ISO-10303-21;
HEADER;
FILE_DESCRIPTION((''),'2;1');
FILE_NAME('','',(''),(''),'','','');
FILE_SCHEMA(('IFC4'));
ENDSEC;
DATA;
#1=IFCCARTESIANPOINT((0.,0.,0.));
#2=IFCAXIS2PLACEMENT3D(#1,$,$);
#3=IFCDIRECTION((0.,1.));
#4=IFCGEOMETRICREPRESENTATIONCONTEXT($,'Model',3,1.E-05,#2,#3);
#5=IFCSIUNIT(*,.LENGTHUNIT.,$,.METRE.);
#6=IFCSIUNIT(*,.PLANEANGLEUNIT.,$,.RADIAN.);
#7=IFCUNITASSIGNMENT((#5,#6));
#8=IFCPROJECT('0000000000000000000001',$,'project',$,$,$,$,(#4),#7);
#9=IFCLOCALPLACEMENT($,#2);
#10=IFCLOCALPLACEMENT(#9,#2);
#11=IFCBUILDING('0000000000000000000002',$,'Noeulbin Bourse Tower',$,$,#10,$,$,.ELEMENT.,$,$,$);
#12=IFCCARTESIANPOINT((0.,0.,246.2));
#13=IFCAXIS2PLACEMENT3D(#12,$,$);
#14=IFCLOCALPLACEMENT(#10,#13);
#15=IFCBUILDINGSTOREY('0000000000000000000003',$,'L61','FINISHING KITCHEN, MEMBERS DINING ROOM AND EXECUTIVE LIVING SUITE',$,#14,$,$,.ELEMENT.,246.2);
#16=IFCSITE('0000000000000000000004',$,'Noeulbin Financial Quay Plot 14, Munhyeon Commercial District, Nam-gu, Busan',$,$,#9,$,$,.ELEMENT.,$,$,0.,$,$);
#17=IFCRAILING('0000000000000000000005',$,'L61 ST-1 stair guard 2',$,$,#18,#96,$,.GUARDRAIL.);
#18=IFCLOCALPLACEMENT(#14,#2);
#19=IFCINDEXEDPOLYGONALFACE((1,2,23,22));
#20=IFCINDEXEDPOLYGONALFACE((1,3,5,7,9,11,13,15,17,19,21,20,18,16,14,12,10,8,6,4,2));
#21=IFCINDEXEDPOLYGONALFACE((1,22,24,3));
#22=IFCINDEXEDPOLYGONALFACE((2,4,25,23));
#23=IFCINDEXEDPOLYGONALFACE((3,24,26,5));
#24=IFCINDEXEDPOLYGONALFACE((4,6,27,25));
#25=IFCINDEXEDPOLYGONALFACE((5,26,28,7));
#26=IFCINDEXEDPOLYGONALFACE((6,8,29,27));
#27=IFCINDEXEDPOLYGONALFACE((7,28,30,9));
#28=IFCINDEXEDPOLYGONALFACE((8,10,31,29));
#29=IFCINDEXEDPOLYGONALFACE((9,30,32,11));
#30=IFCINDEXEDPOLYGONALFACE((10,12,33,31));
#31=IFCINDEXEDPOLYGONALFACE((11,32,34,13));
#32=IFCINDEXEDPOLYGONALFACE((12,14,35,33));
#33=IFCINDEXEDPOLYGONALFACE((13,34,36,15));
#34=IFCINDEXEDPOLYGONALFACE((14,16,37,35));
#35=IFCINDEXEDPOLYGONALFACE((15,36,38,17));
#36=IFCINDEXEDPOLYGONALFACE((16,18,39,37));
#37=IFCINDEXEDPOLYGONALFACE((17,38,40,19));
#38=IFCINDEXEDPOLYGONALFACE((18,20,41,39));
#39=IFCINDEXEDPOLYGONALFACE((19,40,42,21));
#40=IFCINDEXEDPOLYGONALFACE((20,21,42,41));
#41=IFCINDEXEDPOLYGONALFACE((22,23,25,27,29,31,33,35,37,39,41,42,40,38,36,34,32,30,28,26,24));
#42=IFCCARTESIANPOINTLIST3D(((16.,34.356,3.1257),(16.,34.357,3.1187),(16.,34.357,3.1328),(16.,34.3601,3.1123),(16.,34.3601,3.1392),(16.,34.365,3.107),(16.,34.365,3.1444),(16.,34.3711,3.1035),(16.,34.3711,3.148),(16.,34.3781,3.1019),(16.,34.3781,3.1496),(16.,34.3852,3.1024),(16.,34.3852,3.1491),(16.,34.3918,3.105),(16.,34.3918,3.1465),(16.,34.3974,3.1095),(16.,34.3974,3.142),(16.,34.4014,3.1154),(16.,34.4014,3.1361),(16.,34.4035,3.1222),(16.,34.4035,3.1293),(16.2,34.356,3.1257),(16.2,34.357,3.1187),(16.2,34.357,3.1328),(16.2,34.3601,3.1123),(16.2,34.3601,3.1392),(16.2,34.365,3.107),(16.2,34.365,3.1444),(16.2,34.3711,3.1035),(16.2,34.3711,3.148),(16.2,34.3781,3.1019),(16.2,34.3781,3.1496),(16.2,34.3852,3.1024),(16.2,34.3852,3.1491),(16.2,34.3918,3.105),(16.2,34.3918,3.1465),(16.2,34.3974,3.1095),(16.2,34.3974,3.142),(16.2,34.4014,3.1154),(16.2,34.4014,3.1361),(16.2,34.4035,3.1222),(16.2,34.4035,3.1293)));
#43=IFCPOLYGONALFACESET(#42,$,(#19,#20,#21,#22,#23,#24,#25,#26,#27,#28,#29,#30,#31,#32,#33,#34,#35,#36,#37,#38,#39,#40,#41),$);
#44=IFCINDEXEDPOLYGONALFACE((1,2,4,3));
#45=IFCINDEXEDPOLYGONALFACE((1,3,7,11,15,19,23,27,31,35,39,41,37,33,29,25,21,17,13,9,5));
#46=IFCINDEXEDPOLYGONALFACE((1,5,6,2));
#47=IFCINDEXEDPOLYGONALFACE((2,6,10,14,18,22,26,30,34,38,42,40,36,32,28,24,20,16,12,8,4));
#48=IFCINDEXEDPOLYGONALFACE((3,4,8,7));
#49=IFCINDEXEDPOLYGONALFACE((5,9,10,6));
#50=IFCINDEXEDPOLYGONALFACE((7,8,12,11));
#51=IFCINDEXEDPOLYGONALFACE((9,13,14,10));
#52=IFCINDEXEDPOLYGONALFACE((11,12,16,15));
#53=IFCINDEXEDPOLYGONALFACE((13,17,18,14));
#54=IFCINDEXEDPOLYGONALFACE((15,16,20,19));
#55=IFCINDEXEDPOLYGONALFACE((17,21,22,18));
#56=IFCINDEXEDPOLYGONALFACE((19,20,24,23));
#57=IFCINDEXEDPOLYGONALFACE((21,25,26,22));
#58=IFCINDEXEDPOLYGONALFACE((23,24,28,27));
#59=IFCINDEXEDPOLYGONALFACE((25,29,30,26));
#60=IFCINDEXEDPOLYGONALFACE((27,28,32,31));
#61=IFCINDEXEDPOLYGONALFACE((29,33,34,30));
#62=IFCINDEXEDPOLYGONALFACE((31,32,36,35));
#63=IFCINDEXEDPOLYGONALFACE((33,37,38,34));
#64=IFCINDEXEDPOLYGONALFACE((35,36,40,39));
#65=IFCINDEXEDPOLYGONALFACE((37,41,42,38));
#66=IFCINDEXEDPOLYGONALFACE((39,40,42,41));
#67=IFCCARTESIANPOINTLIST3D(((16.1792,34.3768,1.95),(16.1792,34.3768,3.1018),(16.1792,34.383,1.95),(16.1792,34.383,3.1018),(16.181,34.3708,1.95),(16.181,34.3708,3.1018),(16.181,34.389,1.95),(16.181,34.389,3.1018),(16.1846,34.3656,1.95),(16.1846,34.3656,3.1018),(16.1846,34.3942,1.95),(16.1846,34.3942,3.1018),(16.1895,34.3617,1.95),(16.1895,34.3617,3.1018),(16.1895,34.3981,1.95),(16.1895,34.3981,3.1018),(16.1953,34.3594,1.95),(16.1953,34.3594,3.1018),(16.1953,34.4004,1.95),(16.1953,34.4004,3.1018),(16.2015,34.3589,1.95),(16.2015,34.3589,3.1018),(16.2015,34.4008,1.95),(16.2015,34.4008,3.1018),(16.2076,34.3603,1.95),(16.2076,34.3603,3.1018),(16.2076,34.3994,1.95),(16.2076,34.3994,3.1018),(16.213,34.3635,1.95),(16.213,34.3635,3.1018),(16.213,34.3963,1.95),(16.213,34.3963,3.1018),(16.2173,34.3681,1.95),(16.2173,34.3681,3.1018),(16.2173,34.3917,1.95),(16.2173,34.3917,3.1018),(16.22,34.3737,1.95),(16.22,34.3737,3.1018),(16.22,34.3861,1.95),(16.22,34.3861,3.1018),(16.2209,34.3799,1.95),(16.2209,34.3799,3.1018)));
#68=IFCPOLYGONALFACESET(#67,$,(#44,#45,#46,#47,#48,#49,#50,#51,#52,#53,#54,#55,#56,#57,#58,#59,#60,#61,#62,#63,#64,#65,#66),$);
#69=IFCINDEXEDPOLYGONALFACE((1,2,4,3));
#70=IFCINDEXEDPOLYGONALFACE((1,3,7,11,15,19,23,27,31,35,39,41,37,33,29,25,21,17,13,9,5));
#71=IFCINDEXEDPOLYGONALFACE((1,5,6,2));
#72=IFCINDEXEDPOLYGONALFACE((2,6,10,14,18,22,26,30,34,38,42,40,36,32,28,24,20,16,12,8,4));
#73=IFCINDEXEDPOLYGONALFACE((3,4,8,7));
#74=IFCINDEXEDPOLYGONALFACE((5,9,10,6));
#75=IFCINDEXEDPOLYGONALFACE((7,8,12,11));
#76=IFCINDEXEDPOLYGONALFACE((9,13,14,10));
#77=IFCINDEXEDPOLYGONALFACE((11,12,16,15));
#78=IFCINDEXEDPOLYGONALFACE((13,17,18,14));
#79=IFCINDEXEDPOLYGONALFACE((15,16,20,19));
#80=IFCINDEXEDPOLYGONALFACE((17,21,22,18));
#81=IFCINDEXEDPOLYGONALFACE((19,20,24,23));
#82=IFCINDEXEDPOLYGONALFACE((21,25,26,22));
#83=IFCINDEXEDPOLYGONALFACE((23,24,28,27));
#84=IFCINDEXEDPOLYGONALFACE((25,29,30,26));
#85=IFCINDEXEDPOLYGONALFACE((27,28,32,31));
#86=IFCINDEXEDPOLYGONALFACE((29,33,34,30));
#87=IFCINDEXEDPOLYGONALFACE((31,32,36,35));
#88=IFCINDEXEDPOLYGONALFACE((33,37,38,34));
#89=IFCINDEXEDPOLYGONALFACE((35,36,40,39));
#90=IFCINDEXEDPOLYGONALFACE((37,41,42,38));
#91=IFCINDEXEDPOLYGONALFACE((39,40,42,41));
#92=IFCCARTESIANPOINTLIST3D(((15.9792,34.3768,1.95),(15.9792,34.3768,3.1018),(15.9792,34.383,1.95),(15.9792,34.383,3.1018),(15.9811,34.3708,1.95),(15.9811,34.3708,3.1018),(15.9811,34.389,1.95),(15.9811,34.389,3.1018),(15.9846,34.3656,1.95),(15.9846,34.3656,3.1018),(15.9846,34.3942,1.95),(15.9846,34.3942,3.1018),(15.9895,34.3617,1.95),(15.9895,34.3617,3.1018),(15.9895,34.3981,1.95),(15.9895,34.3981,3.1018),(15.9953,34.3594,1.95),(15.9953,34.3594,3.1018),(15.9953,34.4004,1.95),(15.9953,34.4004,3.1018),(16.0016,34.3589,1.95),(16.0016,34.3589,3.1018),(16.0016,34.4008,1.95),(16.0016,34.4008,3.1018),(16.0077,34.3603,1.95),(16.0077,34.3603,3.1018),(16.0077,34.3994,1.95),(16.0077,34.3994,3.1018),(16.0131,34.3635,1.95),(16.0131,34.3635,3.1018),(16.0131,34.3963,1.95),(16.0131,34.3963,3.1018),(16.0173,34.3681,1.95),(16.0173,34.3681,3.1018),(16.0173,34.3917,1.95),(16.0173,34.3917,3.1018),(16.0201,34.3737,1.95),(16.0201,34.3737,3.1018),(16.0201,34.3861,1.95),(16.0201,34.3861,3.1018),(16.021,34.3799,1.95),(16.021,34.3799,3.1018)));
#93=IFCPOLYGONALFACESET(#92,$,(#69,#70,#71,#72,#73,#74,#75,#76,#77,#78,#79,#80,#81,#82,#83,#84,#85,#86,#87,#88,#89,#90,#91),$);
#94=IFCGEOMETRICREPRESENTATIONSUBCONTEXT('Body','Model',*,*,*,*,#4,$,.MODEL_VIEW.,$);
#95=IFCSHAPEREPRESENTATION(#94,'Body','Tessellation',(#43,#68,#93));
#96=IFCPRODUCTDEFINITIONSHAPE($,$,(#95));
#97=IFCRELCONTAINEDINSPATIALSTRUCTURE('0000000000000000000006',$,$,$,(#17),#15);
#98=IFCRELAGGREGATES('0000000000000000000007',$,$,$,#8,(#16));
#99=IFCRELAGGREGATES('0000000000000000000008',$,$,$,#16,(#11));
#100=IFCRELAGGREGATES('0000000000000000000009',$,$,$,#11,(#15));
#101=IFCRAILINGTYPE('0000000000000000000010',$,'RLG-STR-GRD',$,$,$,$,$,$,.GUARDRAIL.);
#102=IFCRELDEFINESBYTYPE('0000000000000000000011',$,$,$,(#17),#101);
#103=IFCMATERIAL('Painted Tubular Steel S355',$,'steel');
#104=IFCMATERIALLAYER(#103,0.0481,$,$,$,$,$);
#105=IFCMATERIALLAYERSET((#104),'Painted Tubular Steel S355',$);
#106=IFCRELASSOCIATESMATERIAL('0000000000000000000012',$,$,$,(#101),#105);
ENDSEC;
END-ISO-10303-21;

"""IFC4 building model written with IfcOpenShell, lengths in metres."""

from ifc_helpers import new_model, si_unit, direction, frame, origin, origin_2d, place, context, subcontext, project, spatial, circle, extrude, material, layer, layer_set, type_object, element, save


model = new_model("IFC4")

# Units and contexts
model_context = context("Model", 3, precision=1e-05, world=origin(), true_north=direction((0.0, 1.0)))
body_context = subcontext(model_context, "Body", "Model", "MODEL_VIEW")
ifc_project = project(units=[si_unit("LENGTHUNIT", "METRE"), si_unit("PLANEANGLEUNIT", "RADIAN")], contexts=[model_context])

# Site, building, storey
site_placement = place(None, origin())
site = spatial("IfcSite", under=ifc_project, at=site_placement, Name="Noeulbin Financial Quay Plot 14, Munhyeon Commercial District, Nam-gu, Busan", CompositionType="ELEMENT", RefElevation=0.0)
building_placement = place(site_placement, origin())
building = spatial("IfcBuilding", under=site, at=building_placement, Name="Noeulbin Bourse Tower", CompositionType="ELEMENT")
storey_placement = place(building_placement, frame((0.0, 0.0, 246.2)))
storey = spatial("IfcBuildingStorey", under=building, at=storey_placement, Name="L61", Description="FINISHING KITCHEN, MEMBERS DINING ROOM AND EXECUTIVE LIVING SUITE", CompositionType="ELEMENT", Elevation=246.2)

# Railing
ifc_material_1 = material(Name="Painted Tubular Steel S355", Category="steel")
ifc_layer_1 = layer(ifc_material_1, 0.0481)
ifc_layer_set_1 = layer_set([ifc_layer_1], Name="Painted Tubular Steel S355")
railing_type_1 = type_object("IfcRailingType", Name="RLG-STR-GRD", PredefinedType="GUARDRAIL", material=ifc_layer_set_1)
railing_1_placement = place(storey_placement, frame((16.2, 34.3799, 1.95)))
element("IfcRailing", 1, at=railing_1_placement, inside=storey, type_object=railing_type_1, Name="L61 ST-1 stair guard 2", PredefinedType="GUARDRAIL", context=body_context, shape_type="SweptSolid", body=[
    extrude(circle(Radius=0.0239, at=origin_2d()), frame((0.0, 0.0, 1.1758), z_axis=(-1.0, 0.0, 0.0), x_axis=(0.0, -1.0, 0.0)), (0.0, 0.0, 1.0), 0.2),
    extrude(circle(Radius=0.021, at=origin_2d()), origin(), (0.0, 0.0, 1.0), 1.1519),
    extrude(circle(Radius=0.021, at=origin_2d()), frame((-0.2, 0.0, 0.0)), (0.0, 0.0, 1.0), 1.1519),
])

save(model, "model.ifc")
